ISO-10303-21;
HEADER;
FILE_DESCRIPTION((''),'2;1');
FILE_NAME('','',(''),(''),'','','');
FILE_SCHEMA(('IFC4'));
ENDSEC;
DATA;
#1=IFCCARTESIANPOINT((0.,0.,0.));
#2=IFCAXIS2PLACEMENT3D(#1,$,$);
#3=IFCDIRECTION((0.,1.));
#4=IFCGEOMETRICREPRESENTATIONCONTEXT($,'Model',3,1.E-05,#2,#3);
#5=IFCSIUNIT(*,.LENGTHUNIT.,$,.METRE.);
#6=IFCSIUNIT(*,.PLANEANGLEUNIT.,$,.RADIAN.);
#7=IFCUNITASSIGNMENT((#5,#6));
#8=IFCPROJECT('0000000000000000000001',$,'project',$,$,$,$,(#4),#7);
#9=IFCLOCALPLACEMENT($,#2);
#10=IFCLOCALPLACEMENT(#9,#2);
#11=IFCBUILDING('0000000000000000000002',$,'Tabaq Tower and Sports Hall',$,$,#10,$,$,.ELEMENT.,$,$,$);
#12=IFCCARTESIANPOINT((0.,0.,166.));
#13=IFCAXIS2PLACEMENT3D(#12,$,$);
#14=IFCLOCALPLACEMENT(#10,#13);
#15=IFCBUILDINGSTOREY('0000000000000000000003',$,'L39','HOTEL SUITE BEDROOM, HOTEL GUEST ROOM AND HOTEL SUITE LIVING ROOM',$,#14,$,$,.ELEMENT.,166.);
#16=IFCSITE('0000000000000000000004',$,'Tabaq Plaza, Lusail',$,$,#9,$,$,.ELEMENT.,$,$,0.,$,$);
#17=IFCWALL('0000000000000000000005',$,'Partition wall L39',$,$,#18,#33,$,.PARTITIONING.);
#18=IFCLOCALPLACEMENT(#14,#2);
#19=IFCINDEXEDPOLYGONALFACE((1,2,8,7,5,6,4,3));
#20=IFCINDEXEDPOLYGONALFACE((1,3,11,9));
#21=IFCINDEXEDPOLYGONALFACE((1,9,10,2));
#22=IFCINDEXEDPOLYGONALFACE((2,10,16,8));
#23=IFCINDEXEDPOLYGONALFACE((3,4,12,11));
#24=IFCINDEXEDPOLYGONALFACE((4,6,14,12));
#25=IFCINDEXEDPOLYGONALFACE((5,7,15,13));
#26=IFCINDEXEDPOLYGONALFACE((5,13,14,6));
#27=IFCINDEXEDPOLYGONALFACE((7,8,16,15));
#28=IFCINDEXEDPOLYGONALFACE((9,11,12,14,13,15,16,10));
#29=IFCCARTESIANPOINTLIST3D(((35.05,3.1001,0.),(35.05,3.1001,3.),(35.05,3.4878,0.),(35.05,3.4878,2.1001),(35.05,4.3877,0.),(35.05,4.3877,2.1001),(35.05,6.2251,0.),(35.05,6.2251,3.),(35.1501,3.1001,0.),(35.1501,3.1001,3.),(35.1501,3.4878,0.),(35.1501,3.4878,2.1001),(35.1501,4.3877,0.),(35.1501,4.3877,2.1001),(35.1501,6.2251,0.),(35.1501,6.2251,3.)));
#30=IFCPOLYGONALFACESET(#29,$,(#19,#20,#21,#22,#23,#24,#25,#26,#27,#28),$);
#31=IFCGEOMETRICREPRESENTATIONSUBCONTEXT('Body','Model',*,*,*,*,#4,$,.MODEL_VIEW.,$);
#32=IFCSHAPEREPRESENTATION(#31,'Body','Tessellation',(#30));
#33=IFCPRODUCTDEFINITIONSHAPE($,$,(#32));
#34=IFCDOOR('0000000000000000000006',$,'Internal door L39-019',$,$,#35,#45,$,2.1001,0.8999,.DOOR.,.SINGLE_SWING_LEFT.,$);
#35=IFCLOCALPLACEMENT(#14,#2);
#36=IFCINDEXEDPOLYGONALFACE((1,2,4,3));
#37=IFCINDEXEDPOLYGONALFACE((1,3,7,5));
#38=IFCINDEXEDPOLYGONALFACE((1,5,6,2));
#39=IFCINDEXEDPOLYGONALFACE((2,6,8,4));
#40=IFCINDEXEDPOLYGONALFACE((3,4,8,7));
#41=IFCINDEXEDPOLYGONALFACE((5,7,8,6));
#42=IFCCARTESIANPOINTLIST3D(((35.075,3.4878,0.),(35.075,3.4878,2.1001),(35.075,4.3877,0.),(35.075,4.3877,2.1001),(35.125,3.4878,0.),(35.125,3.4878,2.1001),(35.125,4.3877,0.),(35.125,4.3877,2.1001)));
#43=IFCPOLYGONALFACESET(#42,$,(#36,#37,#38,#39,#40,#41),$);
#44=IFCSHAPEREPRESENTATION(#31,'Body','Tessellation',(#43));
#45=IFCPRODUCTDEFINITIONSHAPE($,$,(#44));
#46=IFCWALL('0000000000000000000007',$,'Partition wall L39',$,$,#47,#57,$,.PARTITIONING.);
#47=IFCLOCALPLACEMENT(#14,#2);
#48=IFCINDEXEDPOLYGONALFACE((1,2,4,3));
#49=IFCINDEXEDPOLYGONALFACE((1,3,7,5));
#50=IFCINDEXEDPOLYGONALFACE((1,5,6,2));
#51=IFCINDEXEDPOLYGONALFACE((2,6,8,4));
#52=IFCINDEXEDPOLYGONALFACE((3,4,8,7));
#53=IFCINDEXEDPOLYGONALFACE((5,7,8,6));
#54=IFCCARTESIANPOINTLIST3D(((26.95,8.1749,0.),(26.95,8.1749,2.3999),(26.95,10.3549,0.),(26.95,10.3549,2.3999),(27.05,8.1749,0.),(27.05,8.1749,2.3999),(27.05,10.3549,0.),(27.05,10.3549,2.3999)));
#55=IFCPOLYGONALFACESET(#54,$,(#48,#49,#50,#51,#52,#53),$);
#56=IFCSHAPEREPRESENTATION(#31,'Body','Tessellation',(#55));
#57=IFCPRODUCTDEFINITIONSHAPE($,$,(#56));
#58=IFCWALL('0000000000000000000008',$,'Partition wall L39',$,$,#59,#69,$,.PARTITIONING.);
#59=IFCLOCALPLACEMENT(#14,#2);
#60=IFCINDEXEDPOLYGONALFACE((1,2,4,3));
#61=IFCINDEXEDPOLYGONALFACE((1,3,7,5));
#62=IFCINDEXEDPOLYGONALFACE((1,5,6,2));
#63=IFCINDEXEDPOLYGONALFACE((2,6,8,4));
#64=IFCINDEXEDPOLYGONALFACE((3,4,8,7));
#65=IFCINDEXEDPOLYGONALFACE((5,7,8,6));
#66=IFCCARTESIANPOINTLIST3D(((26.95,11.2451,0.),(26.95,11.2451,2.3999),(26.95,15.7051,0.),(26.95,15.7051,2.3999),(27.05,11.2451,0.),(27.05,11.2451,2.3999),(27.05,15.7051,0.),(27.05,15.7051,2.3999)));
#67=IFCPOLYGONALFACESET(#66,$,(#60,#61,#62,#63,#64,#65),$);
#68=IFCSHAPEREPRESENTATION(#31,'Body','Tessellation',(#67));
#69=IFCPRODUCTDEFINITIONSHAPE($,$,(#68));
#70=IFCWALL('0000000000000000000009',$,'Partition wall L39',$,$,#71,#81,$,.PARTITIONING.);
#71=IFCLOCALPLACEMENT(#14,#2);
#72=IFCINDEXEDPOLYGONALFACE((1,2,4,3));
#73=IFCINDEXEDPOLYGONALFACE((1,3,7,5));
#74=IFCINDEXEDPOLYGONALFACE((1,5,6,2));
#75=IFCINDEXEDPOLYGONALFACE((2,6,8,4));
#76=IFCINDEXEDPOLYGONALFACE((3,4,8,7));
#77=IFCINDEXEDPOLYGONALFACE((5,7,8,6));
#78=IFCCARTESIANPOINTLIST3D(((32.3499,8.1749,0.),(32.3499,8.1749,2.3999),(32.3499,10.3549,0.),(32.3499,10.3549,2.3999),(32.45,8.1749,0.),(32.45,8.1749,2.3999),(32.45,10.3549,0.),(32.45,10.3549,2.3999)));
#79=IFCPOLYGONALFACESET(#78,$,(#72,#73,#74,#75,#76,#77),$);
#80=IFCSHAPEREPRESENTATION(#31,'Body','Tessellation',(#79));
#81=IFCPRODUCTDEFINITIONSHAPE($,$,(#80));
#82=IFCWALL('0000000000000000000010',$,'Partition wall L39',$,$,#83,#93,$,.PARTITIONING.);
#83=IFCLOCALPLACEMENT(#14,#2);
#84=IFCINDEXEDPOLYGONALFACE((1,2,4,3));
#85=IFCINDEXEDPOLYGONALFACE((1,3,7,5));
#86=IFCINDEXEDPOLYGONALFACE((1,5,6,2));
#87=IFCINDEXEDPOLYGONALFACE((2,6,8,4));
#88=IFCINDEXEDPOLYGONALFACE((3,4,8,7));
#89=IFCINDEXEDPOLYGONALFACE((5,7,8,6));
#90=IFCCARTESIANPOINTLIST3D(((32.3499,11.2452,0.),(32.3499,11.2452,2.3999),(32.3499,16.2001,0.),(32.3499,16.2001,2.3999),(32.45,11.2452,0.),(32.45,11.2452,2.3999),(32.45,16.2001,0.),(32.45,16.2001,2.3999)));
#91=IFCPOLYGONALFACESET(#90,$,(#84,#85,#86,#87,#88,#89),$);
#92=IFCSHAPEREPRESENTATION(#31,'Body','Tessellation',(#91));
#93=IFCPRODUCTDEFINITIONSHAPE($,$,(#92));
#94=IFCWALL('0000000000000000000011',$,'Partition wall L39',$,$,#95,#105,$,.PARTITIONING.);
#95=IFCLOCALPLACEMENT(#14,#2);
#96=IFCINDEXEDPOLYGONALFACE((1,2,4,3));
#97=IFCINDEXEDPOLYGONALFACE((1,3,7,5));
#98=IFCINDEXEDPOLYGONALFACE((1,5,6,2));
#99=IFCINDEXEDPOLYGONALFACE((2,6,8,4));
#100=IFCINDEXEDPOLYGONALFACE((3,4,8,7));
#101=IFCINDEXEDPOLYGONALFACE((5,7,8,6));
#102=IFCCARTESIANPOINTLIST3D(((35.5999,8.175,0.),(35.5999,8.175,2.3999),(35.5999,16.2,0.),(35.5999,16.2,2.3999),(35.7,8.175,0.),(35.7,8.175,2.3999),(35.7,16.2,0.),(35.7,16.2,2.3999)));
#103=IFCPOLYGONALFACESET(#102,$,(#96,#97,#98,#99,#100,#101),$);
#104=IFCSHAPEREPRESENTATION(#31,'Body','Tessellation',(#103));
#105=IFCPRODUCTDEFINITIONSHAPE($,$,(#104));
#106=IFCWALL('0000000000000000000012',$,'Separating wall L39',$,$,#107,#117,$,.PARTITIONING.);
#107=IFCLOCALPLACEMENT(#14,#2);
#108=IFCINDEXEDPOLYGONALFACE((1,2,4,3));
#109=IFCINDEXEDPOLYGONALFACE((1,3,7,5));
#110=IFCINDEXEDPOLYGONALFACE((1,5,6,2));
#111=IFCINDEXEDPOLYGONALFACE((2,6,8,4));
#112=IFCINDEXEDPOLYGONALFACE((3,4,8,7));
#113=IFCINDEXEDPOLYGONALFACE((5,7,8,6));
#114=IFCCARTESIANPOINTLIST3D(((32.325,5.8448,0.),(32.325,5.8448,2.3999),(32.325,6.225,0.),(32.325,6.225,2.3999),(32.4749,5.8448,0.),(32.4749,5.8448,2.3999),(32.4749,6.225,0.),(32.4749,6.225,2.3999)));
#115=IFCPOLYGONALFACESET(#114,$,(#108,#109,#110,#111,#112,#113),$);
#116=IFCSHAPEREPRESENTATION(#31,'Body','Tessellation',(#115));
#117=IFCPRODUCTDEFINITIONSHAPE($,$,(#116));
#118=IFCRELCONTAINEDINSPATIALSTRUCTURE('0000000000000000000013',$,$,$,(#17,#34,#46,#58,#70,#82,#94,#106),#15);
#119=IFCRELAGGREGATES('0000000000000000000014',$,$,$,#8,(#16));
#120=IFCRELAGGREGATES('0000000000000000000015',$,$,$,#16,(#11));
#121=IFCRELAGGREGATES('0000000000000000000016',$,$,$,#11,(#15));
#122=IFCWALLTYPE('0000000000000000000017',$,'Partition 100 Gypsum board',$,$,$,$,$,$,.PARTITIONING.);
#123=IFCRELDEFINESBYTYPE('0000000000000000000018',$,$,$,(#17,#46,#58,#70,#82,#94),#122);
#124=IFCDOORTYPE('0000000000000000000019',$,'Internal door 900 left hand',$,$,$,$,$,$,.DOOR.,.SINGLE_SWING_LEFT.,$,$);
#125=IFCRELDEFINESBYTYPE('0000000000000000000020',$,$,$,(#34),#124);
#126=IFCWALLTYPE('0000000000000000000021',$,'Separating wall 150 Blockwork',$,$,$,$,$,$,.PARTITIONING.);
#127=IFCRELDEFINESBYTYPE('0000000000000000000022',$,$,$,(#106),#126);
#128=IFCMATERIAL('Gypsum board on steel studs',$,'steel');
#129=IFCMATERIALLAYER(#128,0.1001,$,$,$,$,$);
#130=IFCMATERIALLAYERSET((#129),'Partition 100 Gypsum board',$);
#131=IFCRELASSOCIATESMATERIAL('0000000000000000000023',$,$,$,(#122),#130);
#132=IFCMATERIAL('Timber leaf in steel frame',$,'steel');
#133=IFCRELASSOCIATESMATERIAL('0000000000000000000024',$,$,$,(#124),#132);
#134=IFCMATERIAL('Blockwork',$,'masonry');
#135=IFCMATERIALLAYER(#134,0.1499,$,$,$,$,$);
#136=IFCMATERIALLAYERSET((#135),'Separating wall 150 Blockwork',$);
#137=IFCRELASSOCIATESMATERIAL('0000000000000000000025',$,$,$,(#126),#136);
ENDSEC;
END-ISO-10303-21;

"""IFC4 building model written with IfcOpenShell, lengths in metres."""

from ifc_helpers import new_model, si_unit, direction, frame, frame_2d, origin, place, context, subcontext, project, spatial, rectangle, extrude, material, layer, layer_set, type_object, element, fill, save


model = new_model("IFC4")

# Units and contexts
model_context = context("Model", 3, precision=1e-05, world=origin(), true_north=direction((0.0, 1.0)))
body_context = subcontext(model_context, "Body", "Model", "MODEL_VIEW")
ifc_project = project(units=[si_unit("LENGTHUNIT", "METRE"), si_unit("PLANEANGLEUNIT", "RADIAN")], contexts=[model_context])

# Site, building, storey
site_placement = place(None, origin())
site = spatial("IfcSite", under=ifc_project, at=site_placement, Name="Tabaq Plaza, Lusail", CompositionType="ELEMENT", RefElevation=0.0)
building_placement = place(site_placement, origin())
building = spatial("IfcBuilding", under=site, at=building_placement, Name="Tabaq Tower and Sports Hall", CompositionType="ELEMENT")
storey_placement = place(building_placement, frame((0.0, 0.0, 166.0)))
storey = spatial("IfcBuildingStorey", under=building, at=storey_placement, Name="L39", Description="HOTEL SUITE BEDROOM, HOTEL GUEST ROOM AND HOTEL SUITE LIVING ROOM", CompositionType="ELEMENT", Elevation=166.0)

# Shared definitions
ifc_material_1 = material(Name="Gypsum board on steel studs", Category="steel")
ifc_layer_1 = layer(ifc_material_1, 0.1001)
ifc_layer_set_1 = layer_set([ifc_layer_1], Name="Partition 100 Gypsum board")
wall_type_1 = type_object("IfcWallType", Name="Partition 100 Gypsum board", PredefinedType="PARTITIONING", material=ifc_layer_set_1)
ifc_material_2 = material(Name="Timber leaf in steel frame", Category="steel")
door_type_1 = type_object("IfcDoorType", Name="Internal door 900 left hand", OperationType="SINGLE_SWING_LEFT", PredefinedType="DOOR", material=ifc_material_2)

# Wall, opening, door
wall_1_placement = place(storey_placement, frame((35.1001, 6.2251, 0.0), z_axis=(0.0, 0.0, 1.0), x_axis=(0.0, -1.0, 0.0)))
wall_1 = element("IfcWall", 1, at=wall_1_placement, inside=storey, type_object=wall_type_1, Name="Partition wall L39", PredefinedType="PARTITIONING", context=body_context, shape_type="SweptSolid", body=[
    extrude(rectangle(XDim=3.125, YDim=0.1001, at=frame_2d((1.5625, 0.0))), origin(), (0.0, 0.0, 1.0), 3.0),
])
opening_1_placement = place(wall_1_placement, frame((1.8374, 0.0, 0.0)))
opening_1 = element("IfcOpeningElement", 2, at=opening_1_placement, cuts=wall_1, PredefinedType="OPENING", context=body_context, shape_type="SweptSolid", body=[
    extrude(rectangle(XDim=0.8999, YDim=2.1001, at=frame_2d((0.45, 1.05))), frame((0.0, 0.05, 0.0), z_axis=(0.0, -1.0, 0.0), x_axis=(1.0, 0.0, 0.0)), (0.0, 0.0, 1.0), 0.1001),
])
door_1_placement = place(opening_1_placement, origin())
door_1 = element("IfcDoor", 3, at=door_1_placement, inside=storey, type_object=door_type_1, Name="Internal door L39-019", OperationType="SINGLE_SWING_LEFT", OverallHeight=2.1001, OverallWidth=0.8999, PredefinedType="DOOR", context=body_context, shape_type="SweptSolid", body=[
    extrude(rectangle(XDim=0.8999, YDim=2.1001, at=frame_2d((0.45, 1.05))), frame((0.0, 0.0249, 0.0), z_axis=(0.0, -1.0, 0.0), x_axis=(1.0, 0.0, 0.0)), (0.0, 0.0, 1.0), 0.05),
])
fill(opening_1, door_1)

# Walls
wall_2_placement = place(storey_placement, frame((27.0, 8.175, 0.0), z_axis=(0.0, 0.0, 1.0), x_axis=(0.0, 1.0, 0.0)))
element("IfcWall", 4, at=wall_2_placement, inside=storey, type_object=wall_type_1, Name="Partition wall L39", PredefinedType="PARTITIONING", context=body_context, shape_type="SweptSolid", body=[
    extrude(rectangle(XDim=2.1799, YDim=0.1001, at=frame_2d((1.0898, 0.0))), origin(), (0.0, 0.0, 1.0), 2.3999),
])
wall_3_placement = place(storey_placement, frame((27.0, 11.2451, 0.0), z_axis=(0.0, 0.0, 1.0), x_axis=(0.0, 1.0, 0.0)))
element("IfcWall", 5, at=wall_3_placement, inside=storey, type_object=wall_type_1, Name="Partition wall L39", PredefinedType="PARTITIONING", context=body_context, shape_type="SweptSolid", body=[
    extrude(rectangle(XDim=4.46, YDim=0.1001, at=frame_2d((2.23, 0.0))), origin(), (0.0, 0.0, 1.0), 2.3999),
])
wall_4_placement = place(storey_placement, frame((32.3999, 8.175, 0.0), z_axis=(0.0, 0.0, 1.0), x_axis=(0.0, 1.0, 0.0)))
element("IfcWall", 6, at=wall_4_placement, inside=storey, type_object=wall_type_1, Name="Partition wall L39", PredefinedType="PARTITIONING", context=body_context, shape_type="SweptSolid", body=[
    extrude(rectangle(XDim=2.1799, YDim=0.1001, at=frame_2d((1.0898, 0.0))), origin(), (0.0, 0.0, 1.0), 2.3999),
])
wall_5_placement = place(storey_placement, frame((32.3999, 11.2451, 0.0), z_axis=(0.0, 0.0, 1.0), x_axis=(0.0, 1.0, 0.0)))
element("IfcWall", 7, at=wall_5_placement, inside=storey, type_object=wall_type_1, Name="Partition wall L39", PredefinedType="PARTITIONING", context=body_context, shape_type="SweptSolid", body=[
    extrude(rectangle(XDim=4.9548, YDim=0.1001, at=frame_2d((2.4775, 0.0))), origin(), (0.0, 0.0, 1.0), 2.3999),
])
wall_6_placement = place(storey_placement, frame((35.6499, 16.2, 0.0), z_axis=(0.0, 0.0, 1.0), x_axis=(0.0, -1.0, 0.0)))
element("IfcWall", 8, at=wall_6_placement, inside=storey, type_object=wall_type_1, Name="Partition wall L39", PredefinedType="PARTITIONING", context=body_context, shape_type="SweptSolid", body=[
    extrude(rectangle(XDim=8.0249, YDim=0.1001, at=frame_2d((4.0125, 0.0))), origin(), (0.0, 0.0, 1.0), 2.3999),
])
ifc_material_3 = material(Name="Blockwork", Category="masonry")
ifc_layer_2 = layer(ifc_material_3, 0.1499)
ifc_layer_set_2 = layer_set([ifc_layer_2], Name="Separating wall 150 Blockwork")
wall_type_2 = type_object("IfcWallType", Name="Separating wall 150 Blockwork", PredefinedType="PARTITIONING", material=ifc_layer_set_2)
wall_7_placement = place(storey_placement, frame((32.3999, 5.845, 0.0), z_axis=(0.0, 0.0, 1.0), x_axis=(0.0, 1.0, 0.0)))
element("IfcWall", 9, at=wall_7_placement, inside=storey, type_object=wall_type_2, Name="Separating wall L39", PredefinedType="PARTITIONING", context=body_context, shape_type="SweptSolid", body=[
    extrude(rectangle(XDim=0.3801, YDim=0.1499, at=frame_2d((0.1899, 0.0))), origin(), (0.0, 0.0, 1.0), 2.3999),
])

save(model, "model.ifc")
